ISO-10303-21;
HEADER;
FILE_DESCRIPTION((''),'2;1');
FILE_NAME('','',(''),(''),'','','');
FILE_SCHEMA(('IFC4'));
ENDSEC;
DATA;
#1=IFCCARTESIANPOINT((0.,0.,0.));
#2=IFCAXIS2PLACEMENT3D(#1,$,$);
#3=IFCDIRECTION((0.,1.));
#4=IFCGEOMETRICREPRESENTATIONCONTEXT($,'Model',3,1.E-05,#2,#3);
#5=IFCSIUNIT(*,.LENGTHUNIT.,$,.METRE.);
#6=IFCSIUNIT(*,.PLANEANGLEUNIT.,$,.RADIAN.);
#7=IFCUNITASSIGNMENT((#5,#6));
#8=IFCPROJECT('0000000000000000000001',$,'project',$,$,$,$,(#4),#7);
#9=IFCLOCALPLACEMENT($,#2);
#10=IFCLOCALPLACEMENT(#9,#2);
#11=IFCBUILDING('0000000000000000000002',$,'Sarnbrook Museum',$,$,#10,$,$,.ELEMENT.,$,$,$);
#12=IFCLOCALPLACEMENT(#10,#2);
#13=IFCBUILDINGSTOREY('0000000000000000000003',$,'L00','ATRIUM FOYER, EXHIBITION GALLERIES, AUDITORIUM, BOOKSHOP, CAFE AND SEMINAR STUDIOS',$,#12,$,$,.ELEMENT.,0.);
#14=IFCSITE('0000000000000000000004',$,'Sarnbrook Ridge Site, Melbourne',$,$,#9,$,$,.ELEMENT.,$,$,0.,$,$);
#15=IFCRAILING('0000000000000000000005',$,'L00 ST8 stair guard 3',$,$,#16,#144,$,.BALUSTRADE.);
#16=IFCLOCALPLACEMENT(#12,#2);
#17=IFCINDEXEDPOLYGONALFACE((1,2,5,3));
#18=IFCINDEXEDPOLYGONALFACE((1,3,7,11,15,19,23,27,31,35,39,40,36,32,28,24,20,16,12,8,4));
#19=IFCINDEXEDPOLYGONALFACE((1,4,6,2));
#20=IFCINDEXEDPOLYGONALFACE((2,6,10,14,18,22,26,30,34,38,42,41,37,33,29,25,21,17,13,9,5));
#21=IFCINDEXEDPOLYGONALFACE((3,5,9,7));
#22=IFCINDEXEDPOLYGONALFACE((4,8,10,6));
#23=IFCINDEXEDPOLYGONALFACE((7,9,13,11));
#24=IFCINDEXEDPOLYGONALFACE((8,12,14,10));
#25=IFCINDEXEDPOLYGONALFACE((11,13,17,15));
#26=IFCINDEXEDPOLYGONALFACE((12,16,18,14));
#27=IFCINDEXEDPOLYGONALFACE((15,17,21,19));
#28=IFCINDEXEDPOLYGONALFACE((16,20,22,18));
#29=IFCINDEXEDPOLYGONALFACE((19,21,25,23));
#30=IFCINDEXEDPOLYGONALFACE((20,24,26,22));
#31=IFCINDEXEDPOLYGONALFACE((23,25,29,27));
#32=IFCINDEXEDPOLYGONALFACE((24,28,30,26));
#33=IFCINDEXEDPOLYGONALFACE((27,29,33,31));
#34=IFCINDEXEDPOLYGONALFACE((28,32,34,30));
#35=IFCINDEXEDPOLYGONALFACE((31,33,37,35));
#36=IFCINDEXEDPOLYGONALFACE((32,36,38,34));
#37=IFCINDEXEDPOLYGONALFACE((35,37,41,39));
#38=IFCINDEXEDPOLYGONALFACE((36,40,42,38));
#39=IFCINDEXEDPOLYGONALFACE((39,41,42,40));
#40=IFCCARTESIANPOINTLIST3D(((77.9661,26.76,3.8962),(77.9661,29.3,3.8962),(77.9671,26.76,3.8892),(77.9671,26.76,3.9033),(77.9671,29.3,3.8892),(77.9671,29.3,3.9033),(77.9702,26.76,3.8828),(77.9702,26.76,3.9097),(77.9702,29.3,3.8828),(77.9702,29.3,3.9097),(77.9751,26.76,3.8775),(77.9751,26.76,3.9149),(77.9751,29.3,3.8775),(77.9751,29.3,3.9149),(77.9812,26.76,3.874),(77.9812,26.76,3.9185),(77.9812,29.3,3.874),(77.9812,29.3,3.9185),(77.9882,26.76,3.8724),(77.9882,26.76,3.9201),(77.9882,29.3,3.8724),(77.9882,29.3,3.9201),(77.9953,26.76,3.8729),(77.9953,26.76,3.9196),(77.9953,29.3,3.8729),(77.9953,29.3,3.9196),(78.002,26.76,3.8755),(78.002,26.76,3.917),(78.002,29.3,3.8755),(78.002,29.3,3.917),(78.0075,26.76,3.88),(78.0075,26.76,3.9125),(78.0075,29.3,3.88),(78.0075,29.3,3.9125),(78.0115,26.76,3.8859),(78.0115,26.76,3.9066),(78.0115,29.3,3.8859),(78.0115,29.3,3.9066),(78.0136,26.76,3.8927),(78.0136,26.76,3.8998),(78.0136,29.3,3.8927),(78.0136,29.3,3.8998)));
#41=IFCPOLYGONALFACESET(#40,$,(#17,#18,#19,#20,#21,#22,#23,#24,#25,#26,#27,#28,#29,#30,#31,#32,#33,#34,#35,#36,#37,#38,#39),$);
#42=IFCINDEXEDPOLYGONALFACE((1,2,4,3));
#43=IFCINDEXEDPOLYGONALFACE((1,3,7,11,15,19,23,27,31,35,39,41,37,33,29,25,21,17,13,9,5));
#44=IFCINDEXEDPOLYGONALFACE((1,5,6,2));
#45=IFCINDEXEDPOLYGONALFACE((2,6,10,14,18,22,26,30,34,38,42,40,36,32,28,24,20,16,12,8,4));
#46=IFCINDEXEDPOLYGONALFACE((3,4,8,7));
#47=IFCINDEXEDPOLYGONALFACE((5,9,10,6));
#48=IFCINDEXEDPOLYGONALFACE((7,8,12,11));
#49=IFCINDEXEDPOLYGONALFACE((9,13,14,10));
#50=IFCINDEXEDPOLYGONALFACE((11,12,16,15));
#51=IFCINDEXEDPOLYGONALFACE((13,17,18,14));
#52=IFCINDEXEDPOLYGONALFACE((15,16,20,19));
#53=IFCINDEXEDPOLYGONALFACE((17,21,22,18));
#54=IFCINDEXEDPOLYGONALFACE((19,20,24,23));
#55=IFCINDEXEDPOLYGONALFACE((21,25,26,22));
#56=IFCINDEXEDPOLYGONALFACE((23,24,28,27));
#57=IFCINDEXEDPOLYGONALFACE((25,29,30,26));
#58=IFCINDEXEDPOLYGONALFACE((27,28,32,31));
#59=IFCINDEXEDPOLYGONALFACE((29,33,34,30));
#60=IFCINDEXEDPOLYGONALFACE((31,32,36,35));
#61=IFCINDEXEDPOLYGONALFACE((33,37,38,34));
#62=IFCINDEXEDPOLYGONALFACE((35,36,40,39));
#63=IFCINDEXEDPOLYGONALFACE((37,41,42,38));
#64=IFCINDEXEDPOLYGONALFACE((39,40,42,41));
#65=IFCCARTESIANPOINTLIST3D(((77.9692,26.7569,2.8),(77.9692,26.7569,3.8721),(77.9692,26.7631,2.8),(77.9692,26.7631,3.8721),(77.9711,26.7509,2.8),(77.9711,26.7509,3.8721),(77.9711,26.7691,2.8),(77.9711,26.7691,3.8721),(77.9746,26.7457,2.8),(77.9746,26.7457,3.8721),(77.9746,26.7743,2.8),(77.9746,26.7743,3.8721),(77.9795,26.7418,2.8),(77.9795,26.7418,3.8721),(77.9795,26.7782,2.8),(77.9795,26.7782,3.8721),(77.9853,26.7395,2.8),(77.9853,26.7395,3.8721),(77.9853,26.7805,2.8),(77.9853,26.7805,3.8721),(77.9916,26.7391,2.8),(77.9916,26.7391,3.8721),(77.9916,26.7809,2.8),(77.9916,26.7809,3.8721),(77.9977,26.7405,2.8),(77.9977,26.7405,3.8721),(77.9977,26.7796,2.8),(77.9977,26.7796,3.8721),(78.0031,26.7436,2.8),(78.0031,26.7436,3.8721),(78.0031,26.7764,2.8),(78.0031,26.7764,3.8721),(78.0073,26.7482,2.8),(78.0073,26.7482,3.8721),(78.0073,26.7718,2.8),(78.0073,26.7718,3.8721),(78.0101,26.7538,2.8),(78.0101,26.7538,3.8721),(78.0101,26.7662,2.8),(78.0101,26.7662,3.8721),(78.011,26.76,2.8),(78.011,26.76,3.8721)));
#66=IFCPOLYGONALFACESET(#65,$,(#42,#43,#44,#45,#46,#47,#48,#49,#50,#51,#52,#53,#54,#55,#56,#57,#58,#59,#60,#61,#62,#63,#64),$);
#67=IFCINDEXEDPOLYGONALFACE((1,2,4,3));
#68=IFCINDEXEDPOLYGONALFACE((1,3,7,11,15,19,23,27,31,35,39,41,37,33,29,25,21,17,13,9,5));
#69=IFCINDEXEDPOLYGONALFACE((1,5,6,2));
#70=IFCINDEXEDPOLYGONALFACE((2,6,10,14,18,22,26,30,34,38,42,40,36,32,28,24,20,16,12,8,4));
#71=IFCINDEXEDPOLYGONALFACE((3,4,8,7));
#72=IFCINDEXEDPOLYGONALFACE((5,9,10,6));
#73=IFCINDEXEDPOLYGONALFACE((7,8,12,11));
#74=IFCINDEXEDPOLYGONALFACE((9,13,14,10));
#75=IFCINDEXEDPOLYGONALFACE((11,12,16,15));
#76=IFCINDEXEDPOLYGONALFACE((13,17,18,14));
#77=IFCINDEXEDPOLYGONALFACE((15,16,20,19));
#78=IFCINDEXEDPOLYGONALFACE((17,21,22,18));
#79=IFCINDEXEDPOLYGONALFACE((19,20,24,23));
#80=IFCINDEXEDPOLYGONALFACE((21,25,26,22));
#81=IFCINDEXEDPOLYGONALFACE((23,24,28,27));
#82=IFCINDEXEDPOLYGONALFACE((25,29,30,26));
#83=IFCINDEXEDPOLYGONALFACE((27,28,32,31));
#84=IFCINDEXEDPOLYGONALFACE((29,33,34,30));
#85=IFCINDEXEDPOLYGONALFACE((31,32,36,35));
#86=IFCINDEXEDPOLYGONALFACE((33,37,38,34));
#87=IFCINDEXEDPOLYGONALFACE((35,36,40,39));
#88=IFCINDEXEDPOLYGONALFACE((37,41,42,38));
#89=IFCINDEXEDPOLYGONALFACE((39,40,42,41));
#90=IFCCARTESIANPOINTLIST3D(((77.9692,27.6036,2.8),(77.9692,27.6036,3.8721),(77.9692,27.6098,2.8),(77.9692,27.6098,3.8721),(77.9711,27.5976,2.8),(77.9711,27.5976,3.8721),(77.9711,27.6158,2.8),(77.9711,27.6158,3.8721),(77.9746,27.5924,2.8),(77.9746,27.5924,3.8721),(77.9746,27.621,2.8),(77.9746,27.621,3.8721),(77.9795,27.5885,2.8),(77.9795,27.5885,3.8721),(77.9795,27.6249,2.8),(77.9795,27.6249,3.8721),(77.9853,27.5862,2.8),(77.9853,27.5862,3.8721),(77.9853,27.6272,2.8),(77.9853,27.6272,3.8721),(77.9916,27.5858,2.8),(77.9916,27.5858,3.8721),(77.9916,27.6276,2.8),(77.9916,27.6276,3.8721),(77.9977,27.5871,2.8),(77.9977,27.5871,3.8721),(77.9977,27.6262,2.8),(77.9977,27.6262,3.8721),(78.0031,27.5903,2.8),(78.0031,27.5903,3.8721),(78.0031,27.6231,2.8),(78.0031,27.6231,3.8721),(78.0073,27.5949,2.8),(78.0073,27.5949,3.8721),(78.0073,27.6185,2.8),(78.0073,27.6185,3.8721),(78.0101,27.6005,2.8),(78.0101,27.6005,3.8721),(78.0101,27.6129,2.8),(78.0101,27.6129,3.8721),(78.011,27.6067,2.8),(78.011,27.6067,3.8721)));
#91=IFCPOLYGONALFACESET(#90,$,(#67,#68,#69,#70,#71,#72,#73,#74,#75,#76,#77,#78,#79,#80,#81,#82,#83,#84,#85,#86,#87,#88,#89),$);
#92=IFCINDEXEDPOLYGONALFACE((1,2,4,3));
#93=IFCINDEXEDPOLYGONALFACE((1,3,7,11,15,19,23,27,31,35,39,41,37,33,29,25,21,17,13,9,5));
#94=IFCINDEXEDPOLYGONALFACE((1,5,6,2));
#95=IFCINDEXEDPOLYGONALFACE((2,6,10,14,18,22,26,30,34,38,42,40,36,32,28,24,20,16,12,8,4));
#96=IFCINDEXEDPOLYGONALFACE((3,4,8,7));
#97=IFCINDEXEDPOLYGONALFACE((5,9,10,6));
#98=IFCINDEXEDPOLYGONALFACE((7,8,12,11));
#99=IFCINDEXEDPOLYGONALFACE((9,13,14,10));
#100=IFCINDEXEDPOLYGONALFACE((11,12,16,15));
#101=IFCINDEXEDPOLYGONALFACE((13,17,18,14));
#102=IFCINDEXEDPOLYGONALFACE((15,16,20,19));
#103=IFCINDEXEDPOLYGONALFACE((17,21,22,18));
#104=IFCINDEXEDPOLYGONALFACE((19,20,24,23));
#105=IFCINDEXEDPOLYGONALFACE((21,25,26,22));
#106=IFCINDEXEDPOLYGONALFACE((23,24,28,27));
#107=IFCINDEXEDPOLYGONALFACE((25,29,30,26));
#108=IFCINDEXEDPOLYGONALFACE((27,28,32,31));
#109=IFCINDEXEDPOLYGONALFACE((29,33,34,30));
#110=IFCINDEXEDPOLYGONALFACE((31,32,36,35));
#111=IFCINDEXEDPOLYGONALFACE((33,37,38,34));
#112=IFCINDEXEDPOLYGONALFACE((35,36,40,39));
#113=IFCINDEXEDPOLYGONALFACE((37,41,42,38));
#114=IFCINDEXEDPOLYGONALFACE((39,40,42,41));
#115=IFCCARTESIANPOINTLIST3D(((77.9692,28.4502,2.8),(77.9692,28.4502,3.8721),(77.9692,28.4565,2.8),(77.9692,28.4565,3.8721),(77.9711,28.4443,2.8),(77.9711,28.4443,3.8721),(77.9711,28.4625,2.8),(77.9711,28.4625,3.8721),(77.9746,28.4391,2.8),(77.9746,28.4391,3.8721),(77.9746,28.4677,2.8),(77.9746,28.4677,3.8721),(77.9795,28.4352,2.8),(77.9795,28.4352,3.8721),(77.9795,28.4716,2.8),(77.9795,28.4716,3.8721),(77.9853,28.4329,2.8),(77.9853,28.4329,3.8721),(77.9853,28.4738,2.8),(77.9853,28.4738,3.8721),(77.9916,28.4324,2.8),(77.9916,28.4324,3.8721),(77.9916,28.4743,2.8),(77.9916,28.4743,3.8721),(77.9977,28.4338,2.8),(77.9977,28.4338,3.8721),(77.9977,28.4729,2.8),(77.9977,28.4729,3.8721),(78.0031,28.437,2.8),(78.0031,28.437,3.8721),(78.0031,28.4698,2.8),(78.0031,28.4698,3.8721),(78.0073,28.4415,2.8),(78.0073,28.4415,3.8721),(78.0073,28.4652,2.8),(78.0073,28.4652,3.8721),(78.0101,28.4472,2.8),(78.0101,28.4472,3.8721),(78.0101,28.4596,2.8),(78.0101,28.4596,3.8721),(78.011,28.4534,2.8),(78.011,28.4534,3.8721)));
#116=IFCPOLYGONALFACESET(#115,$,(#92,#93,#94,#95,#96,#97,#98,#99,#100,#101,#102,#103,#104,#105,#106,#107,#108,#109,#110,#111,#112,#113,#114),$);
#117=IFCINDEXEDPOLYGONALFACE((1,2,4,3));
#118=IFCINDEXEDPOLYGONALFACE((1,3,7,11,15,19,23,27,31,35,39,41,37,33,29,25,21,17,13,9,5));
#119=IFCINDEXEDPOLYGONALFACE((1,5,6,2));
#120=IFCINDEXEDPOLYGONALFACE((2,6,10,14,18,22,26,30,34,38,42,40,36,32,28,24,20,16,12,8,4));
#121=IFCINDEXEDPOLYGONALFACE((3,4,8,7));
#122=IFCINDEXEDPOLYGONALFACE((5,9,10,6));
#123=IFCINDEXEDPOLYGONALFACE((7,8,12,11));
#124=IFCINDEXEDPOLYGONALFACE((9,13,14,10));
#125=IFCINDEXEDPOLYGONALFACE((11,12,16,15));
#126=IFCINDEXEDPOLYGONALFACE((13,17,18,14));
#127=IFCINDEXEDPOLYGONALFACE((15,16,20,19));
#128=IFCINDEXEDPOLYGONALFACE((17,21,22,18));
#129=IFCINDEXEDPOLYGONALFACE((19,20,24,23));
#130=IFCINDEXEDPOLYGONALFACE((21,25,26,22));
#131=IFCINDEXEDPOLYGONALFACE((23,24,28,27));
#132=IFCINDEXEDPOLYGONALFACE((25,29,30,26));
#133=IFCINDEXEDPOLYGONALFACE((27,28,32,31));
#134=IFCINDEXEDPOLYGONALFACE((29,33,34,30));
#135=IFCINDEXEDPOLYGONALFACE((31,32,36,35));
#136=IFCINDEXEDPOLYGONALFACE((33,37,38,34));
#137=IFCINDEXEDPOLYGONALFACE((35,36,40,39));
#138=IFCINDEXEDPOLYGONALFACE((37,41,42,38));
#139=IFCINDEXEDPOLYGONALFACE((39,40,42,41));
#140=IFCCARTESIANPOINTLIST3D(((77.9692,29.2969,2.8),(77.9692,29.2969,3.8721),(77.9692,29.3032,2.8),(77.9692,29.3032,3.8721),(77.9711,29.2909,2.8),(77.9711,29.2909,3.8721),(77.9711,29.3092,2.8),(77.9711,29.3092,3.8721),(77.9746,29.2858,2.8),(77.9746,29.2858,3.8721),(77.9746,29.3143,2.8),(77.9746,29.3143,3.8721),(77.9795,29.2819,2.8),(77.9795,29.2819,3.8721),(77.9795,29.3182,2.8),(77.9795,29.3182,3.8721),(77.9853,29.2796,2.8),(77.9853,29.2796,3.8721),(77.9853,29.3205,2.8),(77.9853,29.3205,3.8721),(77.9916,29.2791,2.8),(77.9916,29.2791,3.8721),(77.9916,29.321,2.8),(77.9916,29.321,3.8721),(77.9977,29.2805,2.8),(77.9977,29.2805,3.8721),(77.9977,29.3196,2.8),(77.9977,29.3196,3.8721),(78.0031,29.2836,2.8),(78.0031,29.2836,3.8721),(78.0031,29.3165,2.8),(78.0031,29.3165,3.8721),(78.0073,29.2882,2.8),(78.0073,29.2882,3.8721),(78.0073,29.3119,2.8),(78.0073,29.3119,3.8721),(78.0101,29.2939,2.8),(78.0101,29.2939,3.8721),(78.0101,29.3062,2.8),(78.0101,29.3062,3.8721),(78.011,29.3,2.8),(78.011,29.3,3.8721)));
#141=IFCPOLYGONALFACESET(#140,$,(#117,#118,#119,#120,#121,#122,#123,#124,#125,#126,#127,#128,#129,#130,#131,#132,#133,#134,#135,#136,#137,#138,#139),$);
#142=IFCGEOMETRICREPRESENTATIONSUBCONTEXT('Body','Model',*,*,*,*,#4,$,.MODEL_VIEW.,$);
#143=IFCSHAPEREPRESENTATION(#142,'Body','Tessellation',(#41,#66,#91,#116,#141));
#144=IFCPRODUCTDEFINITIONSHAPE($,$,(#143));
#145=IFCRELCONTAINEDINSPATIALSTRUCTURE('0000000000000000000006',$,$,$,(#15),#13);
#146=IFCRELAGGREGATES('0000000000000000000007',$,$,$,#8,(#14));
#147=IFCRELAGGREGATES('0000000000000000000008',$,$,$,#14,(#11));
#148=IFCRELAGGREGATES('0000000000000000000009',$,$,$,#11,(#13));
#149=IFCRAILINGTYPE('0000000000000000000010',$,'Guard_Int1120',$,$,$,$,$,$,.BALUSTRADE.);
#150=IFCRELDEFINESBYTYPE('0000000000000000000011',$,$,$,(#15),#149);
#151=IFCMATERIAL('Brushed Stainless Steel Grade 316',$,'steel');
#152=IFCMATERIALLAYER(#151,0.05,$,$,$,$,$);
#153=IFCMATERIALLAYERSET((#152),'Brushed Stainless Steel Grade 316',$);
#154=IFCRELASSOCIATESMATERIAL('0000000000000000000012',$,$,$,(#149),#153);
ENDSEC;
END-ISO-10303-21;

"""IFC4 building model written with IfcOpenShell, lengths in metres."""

from ifc_helpers import new_model, si_unit, direction, frame, origin, origin_2d, place, context, subcontext, project, spatial, circle, extrude, material, layer, layer_set, type_object, element, save


model = new_model("IFC4")

# Units and contexts
model_context = context("Model", 3, precision=1e-05, world=origin(), true_north=direction((0.0, 1.0)))
body_context = subcontext(model_context, "Body", "Model", "MODEL_VIEW")
ifc_project = project(units=[si_unit("LENGTHUNIT", "METRE"), si_unit("PLANEANGLEUNIT", "RADIAN")], contexts=[model_context])

# Site, building, storey
site_placement = place(None, origin())
site = spatial("IfcSite", under=ifc_project, at=site_placement, Name="Sarnbrook Ridge Site, Melbourne", CompositionType="ELEMENT", RefElevation=0.0)
building_placement = place(site_placement, origin())
building = spatial("IfcBuilding", under=site, at=building_placement, Name="Sarnbrook Museum", CompositionType="ELEMENT")
storey_placement = place(building_placement, origin())
storey = spatial("IfcBuildingStorey", under=building, at=storey_placement, Name="L00", Description="ATRIUM FOYER, EXHIBITION GALLERIES, AUDITORIUM, BOOKSHOP, CAFE AND SEMINAR STUDIOS", CompositionType="ELEMENT", Elevation=0.0)

# Railing
ifc_material_1 = material(Name="Brushed Stainless Steel Grade 316", Category="steel")
ifc_layer_1 = layer(ifc_material_1, 0.05)
ifc_layer_set_1 = layer_set([ifc_layer_1], Name="Brushed Stainless Steel Grade 316")
railing_type = type_object("IfcRailingType", Name="Guard_Int1120", PredefinedType="BALUSTRADE", material=ifc_layer_set_1)
railing_1_placement = place(storey_placement, frame((77.99, 26.76, 2.8)))
element("IfcRailing", 1, at=railing_1_placement, inside=storey, type_object=railing_type, Name="L00 ST8 stair guard 3", PredefinedType="BALUSTRADE", context=body_context, shape_type="SweptSolid", body=[
    extrude(circle(Radius=0.0239, at=origin_2d()), frame((0.0, 0.0, 1.0962), z_axis=(0.0, 1.0, 0.0), x_axis=(-1.0, 0.0, 0.0)), (0.0, 0.0, 1.0), 2.54),
    extrude(circle(Radius=0.021, at=origin_2d()), origin(), (0.0, 0.0, 1.0), 1.072),
    extrude(circle(Radius=0.021, at=origin_2d()), frame((0.0, 0.8467, 0.0)), (0.0, 0.0, 1.0), 1.072),
    extrude(circle(Radius=0.021, at=origin_2d()), frame((0.0, 1.6934, 0.0)), (0.0, 0.0, 1.0), 1.072),
    extrude(circle(Radius=0.021, at=origin_2d()), frame((0.0, 2.54, 0.0)), (0.0, 0.0, 1.0), 1.072),
])

save(model, "model.ifc")
